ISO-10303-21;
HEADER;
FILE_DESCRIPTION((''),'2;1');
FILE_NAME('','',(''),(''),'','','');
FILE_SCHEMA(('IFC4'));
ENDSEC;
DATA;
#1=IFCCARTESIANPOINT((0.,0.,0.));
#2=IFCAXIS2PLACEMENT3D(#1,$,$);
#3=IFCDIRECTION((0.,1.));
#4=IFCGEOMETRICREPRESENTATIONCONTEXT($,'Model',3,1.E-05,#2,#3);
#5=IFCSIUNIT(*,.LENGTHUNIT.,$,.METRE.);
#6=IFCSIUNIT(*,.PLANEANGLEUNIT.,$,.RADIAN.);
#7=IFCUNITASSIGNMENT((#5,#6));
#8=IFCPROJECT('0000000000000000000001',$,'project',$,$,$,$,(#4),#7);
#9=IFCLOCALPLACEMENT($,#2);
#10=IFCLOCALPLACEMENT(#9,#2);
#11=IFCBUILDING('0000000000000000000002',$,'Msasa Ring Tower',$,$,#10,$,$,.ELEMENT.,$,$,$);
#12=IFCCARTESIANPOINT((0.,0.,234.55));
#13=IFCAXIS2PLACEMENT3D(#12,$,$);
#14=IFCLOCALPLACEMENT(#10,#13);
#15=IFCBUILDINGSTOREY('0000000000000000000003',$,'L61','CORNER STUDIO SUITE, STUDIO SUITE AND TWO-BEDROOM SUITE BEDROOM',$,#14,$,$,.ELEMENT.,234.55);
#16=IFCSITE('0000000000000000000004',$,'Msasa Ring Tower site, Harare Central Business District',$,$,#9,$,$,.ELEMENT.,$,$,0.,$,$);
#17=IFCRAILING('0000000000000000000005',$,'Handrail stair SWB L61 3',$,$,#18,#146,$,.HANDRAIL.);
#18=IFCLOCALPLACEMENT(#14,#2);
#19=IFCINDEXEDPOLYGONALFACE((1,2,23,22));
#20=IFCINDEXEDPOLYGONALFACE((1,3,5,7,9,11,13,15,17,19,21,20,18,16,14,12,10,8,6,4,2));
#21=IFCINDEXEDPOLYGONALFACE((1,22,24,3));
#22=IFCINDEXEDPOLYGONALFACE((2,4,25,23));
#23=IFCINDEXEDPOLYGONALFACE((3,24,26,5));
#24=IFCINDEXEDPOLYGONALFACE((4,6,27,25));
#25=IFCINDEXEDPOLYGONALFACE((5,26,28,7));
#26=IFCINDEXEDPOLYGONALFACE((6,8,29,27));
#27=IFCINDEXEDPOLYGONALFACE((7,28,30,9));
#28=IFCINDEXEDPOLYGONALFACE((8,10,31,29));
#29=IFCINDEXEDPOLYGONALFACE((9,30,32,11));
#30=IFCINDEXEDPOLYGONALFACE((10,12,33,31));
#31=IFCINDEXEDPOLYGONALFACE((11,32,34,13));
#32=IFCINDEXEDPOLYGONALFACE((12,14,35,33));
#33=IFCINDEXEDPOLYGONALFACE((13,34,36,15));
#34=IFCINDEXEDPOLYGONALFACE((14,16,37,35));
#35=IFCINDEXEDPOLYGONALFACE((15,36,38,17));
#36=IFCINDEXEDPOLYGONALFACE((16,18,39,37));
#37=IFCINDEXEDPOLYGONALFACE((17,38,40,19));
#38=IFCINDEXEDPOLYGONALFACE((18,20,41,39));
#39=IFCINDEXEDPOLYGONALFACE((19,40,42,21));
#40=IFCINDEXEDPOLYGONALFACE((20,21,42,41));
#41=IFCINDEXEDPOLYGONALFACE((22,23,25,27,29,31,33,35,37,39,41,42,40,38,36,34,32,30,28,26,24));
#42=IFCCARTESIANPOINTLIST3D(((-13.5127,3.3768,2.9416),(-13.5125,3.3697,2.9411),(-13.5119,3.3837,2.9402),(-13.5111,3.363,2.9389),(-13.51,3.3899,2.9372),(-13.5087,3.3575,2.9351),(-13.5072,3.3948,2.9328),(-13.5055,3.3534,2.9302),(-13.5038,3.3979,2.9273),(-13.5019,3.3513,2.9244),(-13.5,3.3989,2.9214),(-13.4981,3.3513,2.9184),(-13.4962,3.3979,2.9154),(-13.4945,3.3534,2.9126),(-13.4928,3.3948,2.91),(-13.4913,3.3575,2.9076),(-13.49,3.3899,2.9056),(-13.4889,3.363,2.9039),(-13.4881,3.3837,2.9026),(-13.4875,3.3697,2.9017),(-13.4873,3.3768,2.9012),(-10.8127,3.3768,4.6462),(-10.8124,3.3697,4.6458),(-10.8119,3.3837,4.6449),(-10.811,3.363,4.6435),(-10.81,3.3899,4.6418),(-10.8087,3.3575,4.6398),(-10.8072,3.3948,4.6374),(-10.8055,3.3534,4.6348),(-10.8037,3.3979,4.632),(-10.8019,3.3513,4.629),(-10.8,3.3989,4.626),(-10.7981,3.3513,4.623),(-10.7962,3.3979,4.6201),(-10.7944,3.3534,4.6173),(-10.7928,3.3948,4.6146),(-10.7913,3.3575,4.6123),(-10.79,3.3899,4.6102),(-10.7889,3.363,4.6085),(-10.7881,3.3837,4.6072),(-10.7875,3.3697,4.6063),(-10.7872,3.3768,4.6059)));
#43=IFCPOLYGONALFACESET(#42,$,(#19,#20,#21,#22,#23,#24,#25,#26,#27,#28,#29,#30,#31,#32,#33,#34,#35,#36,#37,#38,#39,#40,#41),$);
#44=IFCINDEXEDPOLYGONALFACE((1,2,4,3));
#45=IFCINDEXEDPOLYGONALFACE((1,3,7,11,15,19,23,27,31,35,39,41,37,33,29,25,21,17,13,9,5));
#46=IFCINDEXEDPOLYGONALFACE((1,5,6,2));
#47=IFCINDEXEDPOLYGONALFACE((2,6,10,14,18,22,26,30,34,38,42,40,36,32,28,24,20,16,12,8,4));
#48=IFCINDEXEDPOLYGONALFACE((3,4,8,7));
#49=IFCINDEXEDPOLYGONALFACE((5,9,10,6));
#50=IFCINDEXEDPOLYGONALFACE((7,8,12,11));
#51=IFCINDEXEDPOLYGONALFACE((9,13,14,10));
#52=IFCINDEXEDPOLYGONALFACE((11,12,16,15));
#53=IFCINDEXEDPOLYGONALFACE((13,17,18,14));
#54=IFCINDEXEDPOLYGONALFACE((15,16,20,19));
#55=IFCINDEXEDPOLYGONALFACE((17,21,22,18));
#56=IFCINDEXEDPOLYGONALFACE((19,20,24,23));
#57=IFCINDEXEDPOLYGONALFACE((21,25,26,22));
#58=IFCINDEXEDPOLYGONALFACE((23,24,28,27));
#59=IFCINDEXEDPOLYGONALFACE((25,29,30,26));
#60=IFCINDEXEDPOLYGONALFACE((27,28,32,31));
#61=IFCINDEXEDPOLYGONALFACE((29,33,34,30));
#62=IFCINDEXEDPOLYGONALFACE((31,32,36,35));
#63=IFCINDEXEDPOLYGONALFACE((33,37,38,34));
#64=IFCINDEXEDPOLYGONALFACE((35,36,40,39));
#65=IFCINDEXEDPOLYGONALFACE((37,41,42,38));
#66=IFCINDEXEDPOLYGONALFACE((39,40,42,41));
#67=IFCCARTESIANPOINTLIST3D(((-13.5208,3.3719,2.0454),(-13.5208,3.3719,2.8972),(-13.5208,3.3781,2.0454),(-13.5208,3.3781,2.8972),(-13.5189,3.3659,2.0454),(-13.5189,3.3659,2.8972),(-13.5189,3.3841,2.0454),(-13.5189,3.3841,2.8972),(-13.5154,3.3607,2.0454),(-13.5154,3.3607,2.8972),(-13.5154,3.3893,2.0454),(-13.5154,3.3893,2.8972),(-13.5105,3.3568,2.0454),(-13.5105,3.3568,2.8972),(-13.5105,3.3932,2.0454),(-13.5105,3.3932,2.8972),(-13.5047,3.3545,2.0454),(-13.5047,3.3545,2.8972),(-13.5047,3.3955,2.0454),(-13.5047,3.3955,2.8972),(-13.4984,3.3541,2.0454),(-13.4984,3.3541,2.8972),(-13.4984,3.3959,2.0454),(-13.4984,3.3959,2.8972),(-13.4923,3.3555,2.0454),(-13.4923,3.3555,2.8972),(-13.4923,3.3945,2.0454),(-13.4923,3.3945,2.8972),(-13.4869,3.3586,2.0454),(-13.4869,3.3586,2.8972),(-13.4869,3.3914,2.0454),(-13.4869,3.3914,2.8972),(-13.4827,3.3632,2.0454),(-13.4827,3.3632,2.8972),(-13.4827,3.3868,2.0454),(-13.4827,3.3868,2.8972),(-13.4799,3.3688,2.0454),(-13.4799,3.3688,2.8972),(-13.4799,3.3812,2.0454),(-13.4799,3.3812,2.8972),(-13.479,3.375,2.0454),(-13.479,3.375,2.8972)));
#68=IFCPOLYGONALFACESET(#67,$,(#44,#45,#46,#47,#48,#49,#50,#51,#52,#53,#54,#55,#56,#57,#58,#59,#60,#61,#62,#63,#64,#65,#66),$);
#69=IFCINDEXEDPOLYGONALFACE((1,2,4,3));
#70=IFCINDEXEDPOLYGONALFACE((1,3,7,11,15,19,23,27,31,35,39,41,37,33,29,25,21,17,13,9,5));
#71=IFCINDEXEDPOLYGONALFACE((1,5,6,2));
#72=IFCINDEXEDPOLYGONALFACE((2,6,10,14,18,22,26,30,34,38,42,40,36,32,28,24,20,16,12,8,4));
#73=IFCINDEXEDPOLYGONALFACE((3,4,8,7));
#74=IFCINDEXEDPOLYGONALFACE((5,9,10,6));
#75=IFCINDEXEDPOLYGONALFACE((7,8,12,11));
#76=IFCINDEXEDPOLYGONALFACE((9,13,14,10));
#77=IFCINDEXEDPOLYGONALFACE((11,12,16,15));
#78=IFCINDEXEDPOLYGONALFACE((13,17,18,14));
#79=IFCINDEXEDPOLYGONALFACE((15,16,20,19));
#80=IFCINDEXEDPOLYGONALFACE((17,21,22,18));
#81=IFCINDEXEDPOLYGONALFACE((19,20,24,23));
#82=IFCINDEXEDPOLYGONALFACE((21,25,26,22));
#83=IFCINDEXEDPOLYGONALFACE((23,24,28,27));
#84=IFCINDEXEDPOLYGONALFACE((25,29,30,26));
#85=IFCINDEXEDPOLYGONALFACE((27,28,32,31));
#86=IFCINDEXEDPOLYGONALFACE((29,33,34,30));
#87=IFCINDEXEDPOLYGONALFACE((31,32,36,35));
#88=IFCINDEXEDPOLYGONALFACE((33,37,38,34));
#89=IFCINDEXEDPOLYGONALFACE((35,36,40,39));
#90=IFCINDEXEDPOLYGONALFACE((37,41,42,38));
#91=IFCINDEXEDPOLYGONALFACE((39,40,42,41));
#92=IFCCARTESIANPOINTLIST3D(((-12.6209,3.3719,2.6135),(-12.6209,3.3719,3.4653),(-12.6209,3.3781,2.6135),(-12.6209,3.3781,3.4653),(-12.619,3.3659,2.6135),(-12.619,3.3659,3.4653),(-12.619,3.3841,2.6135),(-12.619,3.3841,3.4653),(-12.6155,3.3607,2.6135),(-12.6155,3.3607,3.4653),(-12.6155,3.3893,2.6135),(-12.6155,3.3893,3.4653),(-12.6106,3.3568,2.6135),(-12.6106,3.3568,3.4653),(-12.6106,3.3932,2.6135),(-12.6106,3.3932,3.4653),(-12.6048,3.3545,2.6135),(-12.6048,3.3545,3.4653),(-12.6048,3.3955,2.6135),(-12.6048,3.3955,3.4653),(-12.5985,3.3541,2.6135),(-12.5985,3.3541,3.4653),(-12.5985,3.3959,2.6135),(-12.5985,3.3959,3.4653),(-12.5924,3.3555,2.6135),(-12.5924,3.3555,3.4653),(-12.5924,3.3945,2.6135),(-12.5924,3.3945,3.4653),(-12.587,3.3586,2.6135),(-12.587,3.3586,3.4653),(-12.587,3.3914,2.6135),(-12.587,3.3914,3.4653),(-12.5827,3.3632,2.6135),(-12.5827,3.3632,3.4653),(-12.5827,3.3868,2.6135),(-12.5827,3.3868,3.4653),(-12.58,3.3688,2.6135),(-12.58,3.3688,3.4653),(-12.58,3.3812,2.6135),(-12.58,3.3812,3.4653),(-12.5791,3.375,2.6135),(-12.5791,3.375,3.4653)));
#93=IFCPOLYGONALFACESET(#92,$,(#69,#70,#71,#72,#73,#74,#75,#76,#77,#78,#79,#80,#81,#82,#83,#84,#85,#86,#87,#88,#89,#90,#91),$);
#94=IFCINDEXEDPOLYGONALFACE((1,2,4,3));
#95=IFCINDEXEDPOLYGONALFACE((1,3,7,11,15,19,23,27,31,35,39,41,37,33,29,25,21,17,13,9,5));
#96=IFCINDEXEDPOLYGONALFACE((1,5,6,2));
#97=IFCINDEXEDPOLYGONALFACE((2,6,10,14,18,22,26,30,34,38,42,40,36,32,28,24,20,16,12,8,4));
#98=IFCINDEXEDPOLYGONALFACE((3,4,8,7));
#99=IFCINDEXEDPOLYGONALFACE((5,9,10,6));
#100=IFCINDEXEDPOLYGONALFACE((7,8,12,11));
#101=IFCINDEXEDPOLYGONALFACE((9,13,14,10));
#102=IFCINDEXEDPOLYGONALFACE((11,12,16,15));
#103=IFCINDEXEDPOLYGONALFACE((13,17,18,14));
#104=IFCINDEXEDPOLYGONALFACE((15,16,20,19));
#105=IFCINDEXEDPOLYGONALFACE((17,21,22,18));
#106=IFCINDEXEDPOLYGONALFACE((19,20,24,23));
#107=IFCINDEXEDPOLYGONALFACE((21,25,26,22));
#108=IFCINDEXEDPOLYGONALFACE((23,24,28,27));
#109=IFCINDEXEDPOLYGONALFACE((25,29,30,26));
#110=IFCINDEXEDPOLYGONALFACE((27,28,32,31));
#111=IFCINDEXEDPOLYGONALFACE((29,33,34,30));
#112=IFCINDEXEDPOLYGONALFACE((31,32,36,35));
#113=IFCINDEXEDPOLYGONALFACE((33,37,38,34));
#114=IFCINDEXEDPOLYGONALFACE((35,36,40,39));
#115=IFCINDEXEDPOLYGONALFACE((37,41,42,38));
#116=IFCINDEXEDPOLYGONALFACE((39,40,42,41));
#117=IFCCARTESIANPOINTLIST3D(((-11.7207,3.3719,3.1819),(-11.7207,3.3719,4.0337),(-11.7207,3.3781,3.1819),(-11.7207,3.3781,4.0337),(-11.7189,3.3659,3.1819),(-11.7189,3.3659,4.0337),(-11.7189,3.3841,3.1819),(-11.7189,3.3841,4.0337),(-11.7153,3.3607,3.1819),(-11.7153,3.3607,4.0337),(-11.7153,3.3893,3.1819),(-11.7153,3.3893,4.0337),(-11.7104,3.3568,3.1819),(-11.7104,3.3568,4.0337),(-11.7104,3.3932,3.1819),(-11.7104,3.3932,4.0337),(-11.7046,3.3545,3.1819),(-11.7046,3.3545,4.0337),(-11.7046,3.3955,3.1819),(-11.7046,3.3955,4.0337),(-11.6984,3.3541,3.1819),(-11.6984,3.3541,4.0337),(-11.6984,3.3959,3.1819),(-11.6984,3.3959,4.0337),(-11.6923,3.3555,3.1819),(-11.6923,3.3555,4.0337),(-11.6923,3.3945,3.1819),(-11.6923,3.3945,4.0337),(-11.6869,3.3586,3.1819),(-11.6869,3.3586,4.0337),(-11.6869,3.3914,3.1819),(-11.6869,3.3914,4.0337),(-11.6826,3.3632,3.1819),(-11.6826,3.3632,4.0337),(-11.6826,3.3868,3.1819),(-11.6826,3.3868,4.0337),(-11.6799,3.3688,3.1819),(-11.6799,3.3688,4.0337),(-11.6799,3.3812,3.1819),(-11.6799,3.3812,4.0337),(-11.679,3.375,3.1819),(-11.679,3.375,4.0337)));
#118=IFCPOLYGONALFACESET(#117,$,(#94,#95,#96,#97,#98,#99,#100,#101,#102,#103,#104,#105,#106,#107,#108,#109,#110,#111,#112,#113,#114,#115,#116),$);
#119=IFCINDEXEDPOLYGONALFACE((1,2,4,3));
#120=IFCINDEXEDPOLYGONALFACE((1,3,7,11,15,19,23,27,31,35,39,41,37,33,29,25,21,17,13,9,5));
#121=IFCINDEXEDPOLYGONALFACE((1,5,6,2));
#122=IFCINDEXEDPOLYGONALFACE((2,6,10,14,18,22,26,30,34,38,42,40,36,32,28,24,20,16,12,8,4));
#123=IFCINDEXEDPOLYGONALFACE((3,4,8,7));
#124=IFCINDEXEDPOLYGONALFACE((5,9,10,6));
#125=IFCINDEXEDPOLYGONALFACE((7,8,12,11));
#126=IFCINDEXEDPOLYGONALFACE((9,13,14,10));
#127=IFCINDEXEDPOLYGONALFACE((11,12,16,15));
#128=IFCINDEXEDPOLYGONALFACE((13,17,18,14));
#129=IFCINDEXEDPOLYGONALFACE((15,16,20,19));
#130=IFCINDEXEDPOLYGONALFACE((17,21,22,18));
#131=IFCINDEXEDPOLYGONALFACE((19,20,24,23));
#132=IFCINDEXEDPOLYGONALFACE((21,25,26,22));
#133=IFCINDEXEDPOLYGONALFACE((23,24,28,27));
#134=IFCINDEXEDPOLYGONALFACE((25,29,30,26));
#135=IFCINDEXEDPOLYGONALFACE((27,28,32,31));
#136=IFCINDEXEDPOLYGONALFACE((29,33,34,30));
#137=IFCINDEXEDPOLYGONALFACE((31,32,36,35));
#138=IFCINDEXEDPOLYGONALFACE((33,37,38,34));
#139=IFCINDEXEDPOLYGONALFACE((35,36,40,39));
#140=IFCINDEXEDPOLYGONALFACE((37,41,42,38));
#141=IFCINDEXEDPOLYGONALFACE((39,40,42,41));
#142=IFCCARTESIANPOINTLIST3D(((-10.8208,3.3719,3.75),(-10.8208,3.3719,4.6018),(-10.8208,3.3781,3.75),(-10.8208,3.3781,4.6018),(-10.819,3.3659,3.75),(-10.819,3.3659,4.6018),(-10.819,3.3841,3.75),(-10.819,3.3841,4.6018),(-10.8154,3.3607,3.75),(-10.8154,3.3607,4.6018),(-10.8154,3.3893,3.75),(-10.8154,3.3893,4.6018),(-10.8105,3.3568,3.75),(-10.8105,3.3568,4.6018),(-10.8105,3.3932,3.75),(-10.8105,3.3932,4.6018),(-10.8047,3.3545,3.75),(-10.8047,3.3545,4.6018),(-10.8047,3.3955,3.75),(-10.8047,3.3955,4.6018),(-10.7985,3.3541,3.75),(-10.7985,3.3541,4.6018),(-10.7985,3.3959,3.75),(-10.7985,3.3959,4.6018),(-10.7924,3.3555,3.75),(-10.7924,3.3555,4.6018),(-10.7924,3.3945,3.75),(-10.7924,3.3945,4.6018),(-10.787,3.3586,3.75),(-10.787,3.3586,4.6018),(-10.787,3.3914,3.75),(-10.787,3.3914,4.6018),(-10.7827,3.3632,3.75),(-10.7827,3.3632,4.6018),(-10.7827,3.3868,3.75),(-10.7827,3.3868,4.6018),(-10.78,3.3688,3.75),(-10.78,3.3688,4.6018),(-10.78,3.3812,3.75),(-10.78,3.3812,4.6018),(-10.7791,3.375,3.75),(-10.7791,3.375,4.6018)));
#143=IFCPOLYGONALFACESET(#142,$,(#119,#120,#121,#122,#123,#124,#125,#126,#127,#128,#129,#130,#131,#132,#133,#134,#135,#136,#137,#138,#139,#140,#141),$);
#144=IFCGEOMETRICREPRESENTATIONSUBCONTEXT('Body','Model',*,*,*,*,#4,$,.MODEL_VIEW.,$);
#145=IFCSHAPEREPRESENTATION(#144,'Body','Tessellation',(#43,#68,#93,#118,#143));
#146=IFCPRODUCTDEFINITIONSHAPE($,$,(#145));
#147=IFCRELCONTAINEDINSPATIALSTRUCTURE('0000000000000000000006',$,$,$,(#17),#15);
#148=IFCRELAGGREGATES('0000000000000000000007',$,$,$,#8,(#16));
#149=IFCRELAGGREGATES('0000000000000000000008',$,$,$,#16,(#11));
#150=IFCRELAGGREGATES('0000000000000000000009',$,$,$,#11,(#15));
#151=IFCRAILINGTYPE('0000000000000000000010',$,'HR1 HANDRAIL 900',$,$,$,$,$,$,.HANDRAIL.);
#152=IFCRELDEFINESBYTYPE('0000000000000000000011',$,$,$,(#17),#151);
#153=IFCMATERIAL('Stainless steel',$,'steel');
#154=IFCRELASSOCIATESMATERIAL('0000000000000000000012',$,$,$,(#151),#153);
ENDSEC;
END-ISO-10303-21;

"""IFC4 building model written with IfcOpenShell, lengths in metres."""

from ifc_helpers import new_model, si_unit, direction, frame, origin, origin_2d, place, context, subcontext, project, spatial, circle, extrude, material, type_object, element, save


model = new_model("IFC4")

# Units and contexts
model_context = context("Model", 3, precision=1e-05, world=origin(), true_north=direction((0.0, 1.0)))
body_context = subcontext(model_context, "Body", "Model", "MODEL_VIEW")
ifc_project = project(units=[si_unit("LENGTHUNIT", "METRE"), si_unit("PLANEANGLEUNIT", "RADIAN")], contexts=[model_context])

# Site, building, storey
site_placement = place(None, origin())
site = spatial("IfcSite", under=ifc_project, at=site_placement, Name="Msasa Ring Tower site, Harare Central Business District", CompositionType="ELEMENT", RefElevation=0.0)
building_placement = place(site_placement, origin())
building = spatial("IfcBuilding", under=site, at=building_placement, Name="Msasa Ring Tower", CompositionType="ELEMENT")
storey_placement = place(building_placement, frame((0.0, 0.0, 234.55)))
storey = spatial("IfcBuildingStorey", under=building, at=storey_placement, Name="L61", Description="CORNER STUDIO SUITE, STUDIO SUITE AND TWO-BEDROOM SUITE BEDROOM", CompositionType="ELEMENT", Elevation=234.55)

# Railing
ifc_material_1 = material(Name="Stainless steel", Category="steel")
railing_type = type_object("IfcRailingType", Name="HR1 HANDRAIL 900", PredefinedType="HANDRAIL", material=ifc_material_1)
for number, where, name in (
    (1, (-13.5, 3.375, 2.0454), "Handrail stair SWB L61 3"),
):
    element("IfcRailing", number, at=place(storey_placement, frame(where)), inside=storey, type_object=railing_type, Name=name, PredefinedType="HANDRAIL", context=body_context, shape_type="SweptSolid", body=[
        extrude(circle(Radius=0.0239, at=origin_2d()), frame((0.0, 0.0, 0.876), z_axis=(0.84558, 0.0, 0.533849), x_axis=(0.0, 1.0, 0.0)), (0.0, 0.0, 1.0), 3.1931),
        extrude(circle(Radius=0.021, at=origin_2d()), origin(), (0.0, 0.0, 1.0), 0.8518),
        extrude(circle(Radius=0.021, at=origin_2d()), frame((0.8999, 0.0, 0.5681)), (0.0, 0.0, 1.0), 0.8518),
        extrude(circle(Radius=0.021, at=origin_2d()), frame((1.8, 0.0, 1.1365)), (0.0, 0.0, 1.0), 0.8518),
        extrude(circle(Radius=0.021, at=origin_2d()), frame((2.7, 0.0, 1.7046)), (0.0, 0.0, 1.0), 0.8518),
    ])

save(model, "model.ifc")
